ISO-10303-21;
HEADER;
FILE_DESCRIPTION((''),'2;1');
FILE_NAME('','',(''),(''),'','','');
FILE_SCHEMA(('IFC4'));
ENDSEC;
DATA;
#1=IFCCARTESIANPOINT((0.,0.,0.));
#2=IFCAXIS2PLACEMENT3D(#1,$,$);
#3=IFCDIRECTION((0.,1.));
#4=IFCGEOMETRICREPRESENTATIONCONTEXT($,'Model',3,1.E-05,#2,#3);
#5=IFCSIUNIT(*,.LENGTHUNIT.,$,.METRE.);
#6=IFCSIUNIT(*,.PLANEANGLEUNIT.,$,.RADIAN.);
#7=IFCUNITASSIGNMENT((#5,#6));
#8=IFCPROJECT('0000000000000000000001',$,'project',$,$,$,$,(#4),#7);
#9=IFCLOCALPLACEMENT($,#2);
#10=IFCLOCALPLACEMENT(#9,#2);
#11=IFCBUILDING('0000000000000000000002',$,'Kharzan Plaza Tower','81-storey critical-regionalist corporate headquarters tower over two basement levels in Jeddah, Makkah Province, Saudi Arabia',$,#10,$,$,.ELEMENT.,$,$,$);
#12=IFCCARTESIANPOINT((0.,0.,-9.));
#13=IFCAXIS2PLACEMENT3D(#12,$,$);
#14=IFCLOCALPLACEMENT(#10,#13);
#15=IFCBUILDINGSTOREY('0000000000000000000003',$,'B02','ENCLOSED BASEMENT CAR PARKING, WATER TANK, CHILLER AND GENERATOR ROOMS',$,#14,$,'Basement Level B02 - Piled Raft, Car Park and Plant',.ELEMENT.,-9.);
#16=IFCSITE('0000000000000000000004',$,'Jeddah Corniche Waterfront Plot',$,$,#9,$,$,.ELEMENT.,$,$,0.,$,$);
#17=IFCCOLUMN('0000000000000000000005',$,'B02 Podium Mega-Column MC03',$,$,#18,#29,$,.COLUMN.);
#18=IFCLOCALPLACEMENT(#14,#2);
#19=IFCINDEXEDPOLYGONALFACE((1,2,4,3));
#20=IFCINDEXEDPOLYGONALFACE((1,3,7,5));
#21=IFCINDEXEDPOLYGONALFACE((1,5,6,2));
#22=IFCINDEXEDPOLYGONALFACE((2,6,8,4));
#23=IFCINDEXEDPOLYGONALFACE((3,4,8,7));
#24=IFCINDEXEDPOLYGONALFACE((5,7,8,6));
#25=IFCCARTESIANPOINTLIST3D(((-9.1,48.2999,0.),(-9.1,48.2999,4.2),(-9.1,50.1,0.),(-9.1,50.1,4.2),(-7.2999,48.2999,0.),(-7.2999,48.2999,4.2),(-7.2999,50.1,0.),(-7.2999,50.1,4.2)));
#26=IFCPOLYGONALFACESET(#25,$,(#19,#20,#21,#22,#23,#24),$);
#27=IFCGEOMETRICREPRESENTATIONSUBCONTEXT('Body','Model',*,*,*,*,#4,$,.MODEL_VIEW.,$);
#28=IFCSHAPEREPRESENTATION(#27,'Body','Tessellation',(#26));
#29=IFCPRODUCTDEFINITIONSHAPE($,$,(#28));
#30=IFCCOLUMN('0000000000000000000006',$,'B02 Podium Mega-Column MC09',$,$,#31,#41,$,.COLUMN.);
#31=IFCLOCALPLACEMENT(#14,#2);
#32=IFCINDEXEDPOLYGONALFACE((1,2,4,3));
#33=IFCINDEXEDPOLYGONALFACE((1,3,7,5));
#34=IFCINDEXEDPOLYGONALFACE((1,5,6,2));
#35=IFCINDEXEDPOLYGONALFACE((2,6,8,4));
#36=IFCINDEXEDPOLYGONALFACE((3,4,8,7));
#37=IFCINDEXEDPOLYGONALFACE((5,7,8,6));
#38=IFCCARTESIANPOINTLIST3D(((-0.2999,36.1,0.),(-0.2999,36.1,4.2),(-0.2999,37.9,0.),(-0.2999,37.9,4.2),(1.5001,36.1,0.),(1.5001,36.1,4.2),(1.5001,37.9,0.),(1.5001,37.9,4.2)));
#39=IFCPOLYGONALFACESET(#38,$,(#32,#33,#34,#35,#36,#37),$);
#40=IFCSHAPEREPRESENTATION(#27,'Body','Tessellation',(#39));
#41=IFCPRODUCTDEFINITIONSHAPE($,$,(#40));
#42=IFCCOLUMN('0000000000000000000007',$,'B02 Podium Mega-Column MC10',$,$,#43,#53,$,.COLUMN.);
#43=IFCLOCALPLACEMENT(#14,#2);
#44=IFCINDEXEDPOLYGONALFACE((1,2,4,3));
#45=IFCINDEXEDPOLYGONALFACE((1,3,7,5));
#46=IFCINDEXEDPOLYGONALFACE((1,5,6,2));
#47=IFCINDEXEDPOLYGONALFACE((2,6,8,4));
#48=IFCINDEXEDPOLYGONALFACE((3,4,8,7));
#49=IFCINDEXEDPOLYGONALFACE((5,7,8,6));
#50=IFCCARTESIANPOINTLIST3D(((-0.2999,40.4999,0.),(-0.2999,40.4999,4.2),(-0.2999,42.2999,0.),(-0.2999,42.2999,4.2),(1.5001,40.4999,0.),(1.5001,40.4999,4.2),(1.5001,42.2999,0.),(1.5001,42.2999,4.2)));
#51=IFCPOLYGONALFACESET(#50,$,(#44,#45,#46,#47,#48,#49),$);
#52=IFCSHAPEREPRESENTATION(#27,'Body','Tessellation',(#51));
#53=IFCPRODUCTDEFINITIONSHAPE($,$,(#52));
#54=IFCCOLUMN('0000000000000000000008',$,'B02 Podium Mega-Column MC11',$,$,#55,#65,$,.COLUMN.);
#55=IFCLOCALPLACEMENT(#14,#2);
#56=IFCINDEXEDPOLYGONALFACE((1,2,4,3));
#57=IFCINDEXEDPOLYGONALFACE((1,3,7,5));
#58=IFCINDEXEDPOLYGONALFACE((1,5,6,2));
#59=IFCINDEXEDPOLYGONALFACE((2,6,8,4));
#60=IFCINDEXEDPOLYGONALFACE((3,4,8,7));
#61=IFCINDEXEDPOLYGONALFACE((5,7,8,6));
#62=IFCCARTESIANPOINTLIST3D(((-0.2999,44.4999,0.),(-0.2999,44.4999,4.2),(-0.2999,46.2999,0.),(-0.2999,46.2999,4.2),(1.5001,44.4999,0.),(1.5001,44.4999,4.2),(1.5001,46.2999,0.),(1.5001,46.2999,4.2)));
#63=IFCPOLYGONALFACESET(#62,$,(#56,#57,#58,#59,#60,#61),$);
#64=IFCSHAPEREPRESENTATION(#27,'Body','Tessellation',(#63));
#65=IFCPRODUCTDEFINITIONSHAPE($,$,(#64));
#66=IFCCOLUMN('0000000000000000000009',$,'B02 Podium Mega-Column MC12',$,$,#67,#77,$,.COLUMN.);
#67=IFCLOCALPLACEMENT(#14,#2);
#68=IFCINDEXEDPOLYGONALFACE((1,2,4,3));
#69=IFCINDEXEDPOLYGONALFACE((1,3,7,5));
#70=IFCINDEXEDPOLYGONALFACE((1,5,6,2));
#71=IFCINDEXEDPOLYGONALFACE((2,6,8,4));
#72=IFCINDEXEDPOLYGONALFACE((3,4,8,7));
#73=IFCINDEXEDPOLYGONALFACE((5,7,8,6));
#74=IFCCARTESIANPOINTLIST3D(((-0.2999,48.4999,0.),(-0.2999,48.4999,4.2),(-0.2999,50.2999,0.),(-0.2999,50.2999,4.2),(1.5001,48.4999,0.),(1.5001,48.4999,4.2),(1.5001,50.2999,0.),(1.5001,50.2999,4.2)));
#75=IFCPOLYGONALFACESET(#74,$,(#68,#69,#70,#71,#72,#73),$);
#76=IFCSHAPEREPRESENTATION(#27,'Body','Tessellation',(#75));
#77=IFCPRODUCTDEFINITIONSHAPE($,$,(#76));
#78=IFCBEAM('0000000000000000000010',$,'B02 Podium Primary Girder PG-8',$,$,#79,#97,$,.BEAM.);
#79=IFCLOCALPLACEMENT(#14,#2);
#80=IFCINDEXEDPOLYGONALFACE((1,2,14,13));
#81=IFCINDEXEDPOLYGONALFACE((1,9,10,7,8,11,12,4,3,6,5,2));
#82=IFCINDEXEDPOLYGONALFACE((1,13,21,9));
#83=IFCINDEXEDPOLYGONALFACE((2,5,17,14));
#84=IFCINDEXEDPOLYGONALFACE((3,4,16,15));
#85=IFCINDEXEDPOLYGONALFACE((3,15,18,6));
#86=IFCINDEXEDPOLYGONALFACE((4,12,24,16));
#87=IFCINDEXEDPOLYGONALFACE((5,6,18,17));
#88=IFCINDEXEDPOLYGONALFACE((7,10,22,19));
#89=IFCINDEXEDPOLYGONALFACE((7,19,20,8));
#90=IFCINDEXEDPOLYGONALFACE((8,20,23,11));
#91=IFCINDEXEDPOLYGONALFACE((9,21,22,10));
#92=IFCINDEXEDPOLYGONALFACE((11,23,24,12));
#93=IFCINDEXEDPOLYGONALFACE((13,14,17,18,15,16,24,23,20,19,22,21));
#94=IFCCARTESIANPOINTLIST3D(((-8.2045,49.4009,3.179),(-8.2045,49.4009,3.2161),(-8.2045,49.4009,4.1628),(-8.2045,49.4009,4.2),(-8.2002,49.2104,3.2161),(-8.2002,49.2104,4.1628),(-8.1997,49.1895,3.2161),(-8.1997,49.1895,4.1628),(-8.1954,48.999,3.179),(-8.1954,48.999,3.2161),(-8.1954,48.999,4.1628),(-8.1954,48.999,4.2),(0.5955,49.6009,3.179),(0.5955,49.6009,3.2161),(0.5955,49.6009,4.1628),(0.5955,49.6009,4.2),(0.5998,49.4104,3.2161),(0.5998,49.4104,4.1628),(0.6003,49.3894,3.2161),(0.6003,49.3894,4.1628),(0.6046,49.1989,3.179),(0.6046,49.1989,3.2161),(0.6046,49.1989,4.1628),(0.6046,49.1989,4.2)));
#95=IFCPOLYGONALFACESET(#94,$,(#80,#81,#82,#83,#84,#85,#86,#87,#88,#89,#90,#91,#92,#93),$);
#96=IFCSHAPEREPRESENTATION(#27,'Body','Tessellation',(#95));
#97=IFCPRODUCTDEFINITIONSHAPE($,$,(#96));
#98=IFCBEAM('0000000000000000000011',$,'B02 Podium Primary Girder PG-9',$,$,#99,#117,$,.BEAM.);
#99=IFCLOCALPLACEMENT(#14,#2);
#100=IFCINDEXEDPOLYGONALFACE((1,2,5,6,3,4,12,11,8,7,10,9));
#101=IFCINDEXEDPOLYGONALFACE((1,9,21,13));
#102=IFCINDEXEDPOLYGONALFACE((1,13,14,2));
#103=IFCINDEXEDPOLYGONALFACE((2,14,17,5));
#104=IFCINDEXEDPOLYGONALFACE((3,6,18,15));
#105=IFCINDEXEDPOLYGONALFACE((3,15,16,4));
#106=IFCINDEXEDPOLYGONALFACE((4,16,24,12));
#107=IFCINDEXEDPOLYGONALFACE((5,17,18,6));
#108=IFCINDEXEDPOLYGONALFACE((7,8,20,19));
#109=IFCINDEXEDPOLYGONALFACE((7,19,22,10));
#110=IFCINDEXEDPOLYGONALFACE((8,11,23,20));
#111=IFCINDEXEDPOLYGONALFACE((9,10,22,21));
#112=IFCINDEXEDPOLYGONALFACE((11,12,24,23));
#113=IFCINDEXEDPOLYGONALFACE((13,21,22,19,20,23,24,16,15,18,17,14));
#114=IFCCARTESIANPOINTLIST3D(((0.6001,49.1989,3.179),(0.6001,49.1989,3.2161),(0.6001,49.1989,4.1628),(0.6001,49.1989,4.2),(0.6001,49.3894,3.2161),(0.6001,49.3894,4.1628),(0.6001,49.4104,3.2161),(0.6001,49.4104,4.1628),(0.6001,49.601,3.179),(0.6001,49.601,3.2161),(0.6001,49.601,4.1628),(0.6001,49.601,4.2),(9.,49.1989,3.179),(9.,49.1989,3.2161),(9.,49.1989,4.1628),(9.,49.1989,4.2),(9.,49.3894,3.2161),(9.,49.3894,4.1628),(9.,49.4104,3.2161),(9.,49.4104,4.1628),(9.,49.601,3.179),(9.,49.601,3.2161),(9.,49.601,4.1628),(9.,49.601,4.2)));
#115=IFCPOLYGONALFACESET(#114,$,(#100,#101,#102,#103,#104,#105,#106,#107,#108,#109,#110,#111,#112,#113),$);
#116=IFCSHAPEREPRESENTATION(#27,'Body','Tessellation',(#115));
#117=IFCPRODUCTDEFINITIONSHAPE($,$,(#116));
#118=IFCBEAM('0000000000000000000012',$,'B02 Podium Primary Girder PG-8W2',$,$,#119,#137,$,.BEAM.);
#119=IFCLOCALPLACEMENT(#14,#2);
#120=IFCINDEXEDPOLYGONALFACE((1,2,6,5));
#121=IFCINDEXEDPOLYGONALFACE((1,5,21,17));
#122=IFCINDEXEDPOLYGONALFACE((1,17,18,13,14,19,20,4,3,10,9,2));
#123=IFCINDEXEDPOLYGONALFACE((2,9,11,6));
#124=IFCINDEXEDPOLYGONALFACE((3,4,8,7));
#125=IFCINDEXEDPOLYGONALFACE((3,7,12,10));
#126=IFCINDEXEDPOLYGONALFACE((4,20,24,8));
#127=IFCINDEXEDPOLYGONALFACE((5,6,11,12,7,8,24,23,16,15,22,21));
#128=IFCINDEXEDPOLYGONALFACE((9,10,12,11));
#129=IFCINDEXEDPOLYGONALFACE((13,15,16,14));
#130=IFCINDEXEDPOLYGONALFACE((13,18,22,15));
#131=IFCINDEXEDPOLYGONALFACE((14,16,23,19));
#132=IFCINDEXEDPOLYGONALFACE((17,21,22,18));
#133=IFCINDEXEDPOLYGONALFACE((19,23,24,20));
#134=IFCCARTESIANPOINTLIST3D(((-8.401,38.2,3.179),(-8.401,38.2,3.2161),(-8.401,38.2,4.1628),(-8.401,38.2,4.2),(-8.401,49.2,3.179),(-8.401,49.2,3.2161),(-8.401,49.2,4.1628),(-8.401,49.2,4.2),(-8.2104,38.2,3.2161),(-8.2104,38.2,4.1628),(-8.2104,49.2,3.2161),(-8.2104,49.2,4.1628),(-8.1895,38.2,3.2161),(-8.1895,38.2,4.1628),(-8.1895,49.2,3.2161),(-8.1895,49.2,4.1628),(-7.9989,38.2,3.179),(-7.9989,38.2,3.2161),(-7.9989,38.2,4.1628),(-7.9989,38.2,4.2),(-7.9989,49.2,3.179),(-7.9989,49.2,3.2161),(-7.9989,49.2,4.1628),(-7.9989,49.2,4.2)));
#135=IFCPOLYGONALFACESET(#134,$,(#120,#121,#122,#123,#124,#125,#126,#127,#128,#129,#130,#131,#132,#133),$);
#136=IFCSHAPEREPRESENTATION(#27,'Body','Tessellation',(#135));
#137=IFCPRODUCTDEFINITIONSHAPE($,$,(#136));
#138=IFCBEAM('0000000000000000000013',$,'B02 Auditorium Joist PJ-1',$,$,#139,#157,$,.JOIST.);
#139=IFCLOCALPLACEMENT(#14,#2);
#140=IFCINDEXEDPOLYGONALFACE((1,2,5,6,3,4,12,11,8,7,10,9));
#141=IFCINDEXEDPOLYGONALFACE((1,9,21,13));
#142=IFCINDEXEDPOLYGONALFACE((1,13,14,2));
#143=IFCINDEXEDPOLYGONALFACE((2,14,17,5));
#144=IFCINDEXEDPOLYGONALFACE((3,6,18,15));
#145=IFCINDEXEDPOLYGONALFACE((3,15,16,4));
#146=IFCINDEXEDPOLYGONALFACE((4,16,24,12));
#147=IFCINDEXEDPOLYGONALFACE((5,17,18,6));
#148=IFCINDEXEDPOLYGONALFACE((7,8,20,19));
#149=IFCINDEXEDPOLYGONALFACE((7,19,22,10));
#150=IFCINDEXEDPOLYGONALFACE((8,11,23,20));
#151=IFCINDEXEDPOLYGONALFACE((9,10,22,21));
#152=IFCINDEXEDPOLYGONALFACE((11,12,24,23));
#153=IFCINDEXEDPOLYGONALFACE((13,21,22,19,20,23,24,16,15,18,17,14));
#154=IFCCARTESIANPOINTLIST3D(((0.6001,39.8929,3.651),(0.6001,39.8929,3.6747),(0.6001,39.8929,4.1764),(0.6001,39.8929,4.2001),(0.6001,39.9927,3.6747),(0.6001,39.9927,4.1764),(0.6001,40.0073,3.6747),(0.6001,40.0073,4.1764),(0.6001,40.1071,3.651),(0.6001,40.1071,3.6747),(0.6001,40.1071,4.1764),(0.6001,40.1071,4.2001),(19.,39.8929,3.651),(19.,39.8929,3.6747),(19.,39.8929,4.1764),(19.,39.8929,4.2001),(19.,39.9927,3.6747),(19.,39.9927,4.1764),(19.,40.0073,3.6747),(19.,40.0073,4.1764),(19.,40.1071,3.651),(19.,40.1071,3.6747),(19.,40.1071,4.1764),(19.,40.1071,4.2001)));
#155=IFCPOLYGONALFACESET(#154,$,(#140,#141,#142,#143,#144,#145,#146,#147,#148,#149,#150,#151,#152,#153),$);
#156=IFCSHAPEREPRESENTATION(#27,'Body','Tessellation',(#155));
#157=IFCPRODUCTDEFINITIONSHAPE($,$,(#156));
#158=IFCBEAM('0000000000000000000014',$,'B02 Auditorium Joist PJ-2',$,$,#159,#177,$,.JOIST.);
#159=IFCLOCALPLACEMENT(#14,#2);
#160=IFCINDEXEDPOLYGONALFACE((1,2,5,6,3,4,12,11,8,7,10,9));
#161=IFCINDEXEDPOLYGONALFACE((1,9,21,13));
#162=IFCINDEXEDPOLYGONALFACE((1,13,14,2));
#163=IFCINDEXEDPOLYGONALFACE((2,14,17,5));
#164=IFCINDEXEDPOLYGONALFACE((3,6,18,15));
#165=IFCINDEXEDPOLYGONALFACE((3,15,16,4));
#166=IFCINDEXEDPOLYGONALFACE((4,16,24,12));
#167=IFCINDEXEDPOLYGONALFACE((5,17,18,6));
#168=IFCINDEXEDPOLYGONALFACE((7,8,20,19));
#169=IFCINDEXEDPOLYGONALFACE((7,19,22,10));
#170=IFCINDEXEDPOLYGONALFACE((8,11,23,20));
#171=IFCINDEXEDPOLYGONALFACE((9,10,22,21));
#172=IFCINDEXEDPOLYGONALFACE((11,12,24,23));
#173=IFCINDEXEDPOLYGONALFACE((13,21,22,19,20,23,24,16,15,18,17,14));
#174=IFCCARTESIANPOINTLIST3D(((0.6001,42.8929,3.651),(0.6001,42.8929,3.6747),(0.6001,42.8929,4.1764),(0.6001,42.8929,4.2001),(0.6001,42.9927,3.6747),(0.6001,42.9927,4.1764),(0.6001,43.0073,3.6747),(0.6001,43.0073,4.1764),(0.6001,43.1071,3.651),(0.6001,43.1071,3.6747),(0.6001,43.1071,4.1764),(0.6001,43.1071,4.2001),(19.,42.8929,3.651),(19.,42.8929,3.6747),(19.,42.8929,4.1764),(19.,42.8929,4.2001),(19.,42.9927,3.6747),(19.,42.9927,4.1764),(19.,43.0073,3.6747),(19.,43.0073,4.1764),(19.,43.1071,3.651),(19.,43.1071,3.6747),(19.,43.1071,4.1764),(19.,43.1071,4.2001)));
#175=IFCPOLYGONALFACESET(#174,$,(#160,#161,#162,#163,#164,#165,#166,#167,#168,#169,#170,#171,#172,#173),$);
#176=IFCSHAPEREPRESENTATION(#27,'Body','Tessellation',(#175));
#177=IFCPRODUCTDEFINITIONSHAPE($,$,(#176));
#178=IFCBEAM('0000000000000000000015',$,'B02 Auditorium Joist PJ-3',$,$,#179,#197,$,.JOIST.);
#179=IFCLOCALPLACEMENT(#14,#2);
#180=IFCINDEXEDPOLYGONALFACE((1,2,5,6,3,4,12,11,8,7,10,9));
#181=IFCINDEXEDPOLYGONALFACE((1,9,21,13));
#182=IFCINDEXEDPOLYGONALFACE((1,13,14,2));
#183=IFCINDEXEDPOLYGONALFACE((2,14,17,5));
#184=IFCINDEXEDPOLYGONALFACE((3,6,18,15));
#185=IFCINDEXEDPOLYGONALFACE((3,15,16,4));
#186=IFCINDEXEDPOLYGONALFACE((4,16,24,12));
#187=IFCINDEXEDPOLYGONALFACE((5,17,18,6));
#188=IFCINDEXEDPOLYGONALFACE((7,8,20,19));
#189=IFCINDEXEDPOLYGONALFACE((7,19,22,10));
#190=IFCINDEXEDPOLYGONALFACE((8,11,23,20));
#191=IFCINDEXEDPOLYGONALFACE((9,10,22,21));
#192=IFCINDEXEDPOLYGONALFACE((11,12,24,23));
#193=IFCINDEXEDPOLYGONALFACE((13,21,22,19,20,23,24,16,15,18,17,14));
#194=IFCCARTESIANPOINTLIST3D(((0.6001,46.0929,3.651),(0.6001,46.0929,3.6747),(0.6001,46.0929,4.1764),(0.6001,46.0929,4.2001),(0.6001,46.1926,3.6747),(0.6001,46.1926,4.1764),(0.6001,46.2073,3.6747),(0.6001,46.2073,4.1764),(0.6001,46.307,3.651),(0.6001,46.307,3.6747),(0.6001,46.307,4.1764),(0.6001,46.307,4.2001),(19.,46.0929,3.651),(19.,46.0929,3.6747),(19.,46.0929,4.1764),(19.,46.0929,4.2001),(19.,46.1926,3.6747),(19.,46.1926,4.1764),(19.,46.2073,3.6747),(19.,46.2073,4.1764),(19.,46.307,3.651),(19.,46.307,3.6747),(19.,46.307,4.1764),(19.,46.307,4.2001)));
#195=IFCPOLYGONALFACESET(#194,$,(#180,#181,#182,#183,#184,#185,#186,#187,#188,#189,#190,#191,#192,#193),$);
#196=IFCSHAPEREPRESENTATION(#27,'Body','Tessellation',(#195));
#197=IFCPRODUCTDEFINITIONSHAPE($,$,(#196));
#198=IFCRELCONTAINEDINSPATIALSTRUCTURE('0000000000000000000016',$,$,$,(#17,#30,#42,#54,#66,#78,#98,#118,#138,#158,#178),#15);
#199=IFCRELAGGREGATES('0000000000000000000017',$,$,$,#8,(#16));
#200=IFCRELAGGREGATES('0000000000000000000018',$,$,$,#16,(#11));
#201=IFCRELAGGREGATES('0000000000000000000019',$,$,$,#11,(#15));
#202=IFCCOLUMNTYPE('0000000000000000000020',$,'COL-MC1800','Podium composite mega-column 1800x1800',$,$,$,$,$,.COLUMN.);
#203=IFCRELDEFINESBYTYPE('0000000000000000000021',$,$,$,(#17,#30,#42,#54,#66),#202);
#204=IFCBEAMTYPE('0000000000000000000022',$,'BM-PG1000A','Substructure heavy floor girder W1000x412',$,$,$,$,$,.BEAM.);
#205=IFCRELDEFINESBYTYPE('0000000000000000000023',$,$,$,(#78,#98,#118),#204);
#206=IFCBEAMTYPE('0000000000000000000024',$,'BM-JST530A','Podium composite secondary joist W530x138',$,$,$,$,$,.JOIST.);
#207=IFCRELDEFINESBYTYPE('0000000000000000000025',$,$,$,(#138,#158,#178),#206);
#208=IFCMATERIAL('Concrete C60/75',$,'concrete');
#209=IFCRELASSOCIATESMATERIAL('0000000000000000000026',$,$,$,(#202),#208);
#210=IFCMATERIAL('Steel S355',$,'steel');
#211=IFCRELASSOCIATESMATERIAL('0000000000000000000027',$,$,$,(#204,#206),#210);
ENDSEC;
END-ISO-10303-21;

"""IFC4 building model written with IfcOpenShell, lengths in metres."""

from ifc_helpers import new_model, si_unit, direction, frame, origin, origin_2d, place, context, subcontext, project, spatial, rectangle, i_section, extrude, source, transform, mapped, material, material_profile, profile_set, type_object, element, save


model = new_model("IFC4")

# Units and contexts
model_context = context("Model", 3, precision=1e-05, world=origin(), true_north=direction((0.0, 1.0)))
body_context = subcontext(model_context, "Body", "Model", "MODEL_VIEW")
ifc_project = project(units=[si_unit("LENGTHUNIT", "METRE"), si_unit("PLANEANGLEUNIT", "RADIAN")], contexts=[model_context])

# Site, building, storey
site_placement = place(None, origin())
site = spatial("IfcSite", under=ifc_project, at=site_placement, Name="Jeddah Corniche Waterfront Plot", CompositionType="ELEMENT", RefElevation=0.0)
building_placement = place(site_placement, origin())
building = spatial("IfcBuilding", under=site, at=building_placement, Name="Kharzan Plaza Tower", Description="81-storey critical-regionalist corporate headquarters tower over two basement levels in Jeddah, Makkah Province, Saudi Arabia", CompositionType="ELEMENT")
storey_placement = place(building_placement, frame((0.0, 0.0, -9.0)))
storey = spatial("IfcBuildingStorey", under=building, at=storey_placement, Name="B02", Description="ENCLOSED BASEMENT CAR PARKING, WATER TANK, CHILLER AND GENERATOR ROOMS", LongName="Basement Level B02 - Piled Raft, Car Park and Plant", CompositionType="ELEMENT", Elevation=-9.0)

# Columns
ifc_material_1 = material(Name="Concrete C60/75", Category="concrete")
ifc_material_profile_1 = material_profile(ifc_material_1, rectangle(XDim=1.8, YDim=1.8, at=origin_2d()), Name="RC-MC1800x1800")
ifc_profile_set_1 = profile_set([ifc_material_profile_1], Name="Concrete C60/75")
column_type = type_object("IfcColumnType", Name="COL-MC1800", Description="Podium composite mega-column 1800x1800", PredefinedType="COLUMN", material=ifc_profile_set_1)
shared_shape_1 = source(origin(), body_context, "Body", "SweptSolid", [
    extrude(rectangle(XDim=1.8, YDim=1.8, at=origin_2d()), origin(), (0.0, 0.0, 1.0), 4.2),
])
for number, where, z_axis, x_axis, name in (
    (1, (-8.2, 49.2, 0.0), (0.0, 0.0, 1.0), (1.0, 0.0, 0.0), "B02 Podium Mega-Column MC03"),
    (2, (0.6001, 37.0, 0.0), (0.0, 0.0, 1.0), (1.0, 0.0, 0.0), "B02 Podium Mega-Column MC09"),
    (3, (0.6001, 41.3999, 0.0), (0.0, 0.0, 1.0), (1.0, 0.0, 0.0), "B02 Podium Mega-Column MC10"),
    (4, (0.6001, 45.3999, 0.0), (0.0, 0.0, 1.0), (1.0, 0.0, 0.0), "B02 Podium Mega-Column MC11"),
    (5, (0.6001, 49.3999, 0.0), (0.0, 0.0, 1.0), (1.0, 0.0, 0.0), "B02 Podium Mega-Column MC12"),
):
    element("IfcColumn", number, at=place(storey_placement, frame(where, z_axis=z_axis, x_axis=x_axis)), inside=storey, type_object=column_type, Name=name, PredefinedType="COLUMN", context=body_context, shape_type="MappedRepresentation", body=[
        mapped(shared_shape_1, transform((0.0, 0.0, 0.0), x_axis=(1.0, 0.0, 0.0), y_axis=(0.0, 1.0, 0.0), z_axis=(0.0, 0.0, 1.0))),
    ])

# Beams
ifc_material_2 = material(Name="Steel S355", Category="steel")
ifc_material_profile_2 = material_profile(ifc_material_2, i_section(OverallWidth=0.4021, OverallDepth=1.021, WebThickness=0.021, FlangeThickness=0.0371, at=origin_2d()), Name="W1000x412")
ifc_profile_set_2 = profile_set([ifc_material_profile_2], Name="Steel S355")
beam_type_1 = type_object("IfcBeamType", Name="BM-PG1000A", Description="Substructure heavy floor girder W1000x412", PredefinedType="BEAM", material=ifc_profile_set_2)
shared_shape_2 = source(origin(), body_context, "Body", "SweptSolid", [
    extrude(i_section(OverallWidth=0.4021, OverallDepth=1.021, WebThickness=0.021, FlangeThickness=0.0371, at=origin_2d()), origin(), (0.0, 0.0, 1.0), 8.8022),
])
beam_1_placement = place(storey_placement, frame((-8.2, 49.2, 3.6895), z_axis=(0.999742, 0.022716, 0.0), x_axis=(-0.022716, 0.999742, 0.0)))
element("IfcBeam", 6, at=beam_1_placement, inside=storey, type_object=beam_type_1, Name="B02 Podium Primary Girder PG-8", PredefinedType="BEAM", context=body_context, shape_type="MappedRepresentation", body=[
    mapped(shared_shape_2, transform((0.0, 0.0, 0.0), x_axis=(1.0, 0.0, 0.0), y_axis=(0.0, 1.0, 0.0), z_axis=(0.0, 0.0, 1.0))),
])
shared_shape_3 = source(origin(), body_context, "Body", "SweptSolid", [
    extrude(i_section(OverallWidth=0.4021, OverallDepth=1.021, WebThickness=0.021, FlangeThickness=0.0371, at=origin_2d()), origin(), (0.0, 0.0, 1.0), 8.3999),
])
beam_2_placement = place(storey_placement, frame((0.6001, 49.3999, 3.6895), z_axis=(1.0, 0.0, 0.0), x_axis=(0.0, 1.0, 0.0)))
element("IfcBeam", 7, at=beam_2_placement, inside=storey, type_object=beam_type_1, Name="B02 Podium Primary Girder PG-9", PredefinedType="BEAM", context=body_context, shape_type="MappedRepresentation", body=[
    mapped(shared_shape_3, transform((0.0, 0.0, 0.0), x_axis=(1.0, 0.0, 0.0), y_axis=(0.0, 1.0, 0.0), z_axis=(0.0, 0.0, 1.0))),
])
shared_shape_4 = source(origin(), body_context, "Body", "SweptSolid", [
    extrude(i_section(OverallWidth=0.4021, OverallDepth=1.021, WebThickness=0.021, FlangeThickness=0.0371, at=origin_2d()), origin(), (0.0, 0.0, 1.0), 11.0),
])
beam_3_placement = place(storey_placement, frame((-8.2, 38.2, 3.6895), z_axis=(0.0, 1.0, 0.0), x_axis=(-1.0, 0.0, 0.0)))
element("IfcBeam", 8, at=beam_3_placement, inside=storey, type_object=beam_type_1, Name="B02 Podium Primary Girder PG-8W2", PredefinedType="BEAM", context=body_context, shape_type="MappedRepresentation", body=[
    mapped(shared_shape_4, transform((0.0, 0.0, 0.0), x_axis=(1.0, 0.0, 0.0), y_axis=(0.0, 1.0, 0.0), z_axis=(0.0, 0.0, 1.0))),
])
ifc_material_profile_3 = material_profile(ifc_material_2, i_section(OverallWidth=0.2141, OverallDepth=0.5491, WebThickness=0.0146, FlangeThickness=0.0237, at=origin_2d()), Name="W530x138")
ifc_profile_set_3 = profile_set([ifc_material_profile_3], Name="Steel S355")
beam_type_2 = type_object("IfcBeamType", Name="BM-JST530A", Description="Podium composite secondary joist W530x138", PredefinedType="JOIST", material=ifc_profile_set_3)
shared_shape_5 = source(origin(), body_context, "Body", "SweptSolid", [
    extrude(i_section(OverallWidth=0.2141, OverallDepth=0.5491, WebThickness=0.0146, FlangeThickness=0.0237, at=origin_2d()), origin(), (0.0, 0.0, 1.0), 18.3999),
])
for number, where, z_axis, x_axis, name in (
    (9, (0.6001, 40.0, 3.9255), (1.0, 0.0, 0.0), (0.0, 1.0, 0.0), "B02 Auditorium Joist PJ-1"),
    (10, (0.6001, 43.0, 3.9255), (1.0, 0.0, 0.0), (0.0, 1.0, 0.0), "B02 Auditorium Joist PJ-2"),
    (11, (0.6001, 46.2, 3.9255), (1.0, 0.0, 0.0), (0.0, 1.0, 0.0), "B02 Auditorium Joist PJ-3"),
):
    element("IfcBeam", number, at=place(storey_placement, frame(where, z_axis=z_axis, x_axis=x_axis)), inside=storey, type_object=beam_type_2, Name=name, PredefinedType="JOIST", context=body_context, shape_type="MappedRepresentation", body=[
        mapped(shared_shape_5, transform((0.0, 0.0, 0.0), x_axis=(1.0, 0.0, 0.0), y_axis=(0.0, 1.0, 0.0), z_axis=(0.0, 0.0, 1.0))),
    ])

save(model, "model.ifc")
